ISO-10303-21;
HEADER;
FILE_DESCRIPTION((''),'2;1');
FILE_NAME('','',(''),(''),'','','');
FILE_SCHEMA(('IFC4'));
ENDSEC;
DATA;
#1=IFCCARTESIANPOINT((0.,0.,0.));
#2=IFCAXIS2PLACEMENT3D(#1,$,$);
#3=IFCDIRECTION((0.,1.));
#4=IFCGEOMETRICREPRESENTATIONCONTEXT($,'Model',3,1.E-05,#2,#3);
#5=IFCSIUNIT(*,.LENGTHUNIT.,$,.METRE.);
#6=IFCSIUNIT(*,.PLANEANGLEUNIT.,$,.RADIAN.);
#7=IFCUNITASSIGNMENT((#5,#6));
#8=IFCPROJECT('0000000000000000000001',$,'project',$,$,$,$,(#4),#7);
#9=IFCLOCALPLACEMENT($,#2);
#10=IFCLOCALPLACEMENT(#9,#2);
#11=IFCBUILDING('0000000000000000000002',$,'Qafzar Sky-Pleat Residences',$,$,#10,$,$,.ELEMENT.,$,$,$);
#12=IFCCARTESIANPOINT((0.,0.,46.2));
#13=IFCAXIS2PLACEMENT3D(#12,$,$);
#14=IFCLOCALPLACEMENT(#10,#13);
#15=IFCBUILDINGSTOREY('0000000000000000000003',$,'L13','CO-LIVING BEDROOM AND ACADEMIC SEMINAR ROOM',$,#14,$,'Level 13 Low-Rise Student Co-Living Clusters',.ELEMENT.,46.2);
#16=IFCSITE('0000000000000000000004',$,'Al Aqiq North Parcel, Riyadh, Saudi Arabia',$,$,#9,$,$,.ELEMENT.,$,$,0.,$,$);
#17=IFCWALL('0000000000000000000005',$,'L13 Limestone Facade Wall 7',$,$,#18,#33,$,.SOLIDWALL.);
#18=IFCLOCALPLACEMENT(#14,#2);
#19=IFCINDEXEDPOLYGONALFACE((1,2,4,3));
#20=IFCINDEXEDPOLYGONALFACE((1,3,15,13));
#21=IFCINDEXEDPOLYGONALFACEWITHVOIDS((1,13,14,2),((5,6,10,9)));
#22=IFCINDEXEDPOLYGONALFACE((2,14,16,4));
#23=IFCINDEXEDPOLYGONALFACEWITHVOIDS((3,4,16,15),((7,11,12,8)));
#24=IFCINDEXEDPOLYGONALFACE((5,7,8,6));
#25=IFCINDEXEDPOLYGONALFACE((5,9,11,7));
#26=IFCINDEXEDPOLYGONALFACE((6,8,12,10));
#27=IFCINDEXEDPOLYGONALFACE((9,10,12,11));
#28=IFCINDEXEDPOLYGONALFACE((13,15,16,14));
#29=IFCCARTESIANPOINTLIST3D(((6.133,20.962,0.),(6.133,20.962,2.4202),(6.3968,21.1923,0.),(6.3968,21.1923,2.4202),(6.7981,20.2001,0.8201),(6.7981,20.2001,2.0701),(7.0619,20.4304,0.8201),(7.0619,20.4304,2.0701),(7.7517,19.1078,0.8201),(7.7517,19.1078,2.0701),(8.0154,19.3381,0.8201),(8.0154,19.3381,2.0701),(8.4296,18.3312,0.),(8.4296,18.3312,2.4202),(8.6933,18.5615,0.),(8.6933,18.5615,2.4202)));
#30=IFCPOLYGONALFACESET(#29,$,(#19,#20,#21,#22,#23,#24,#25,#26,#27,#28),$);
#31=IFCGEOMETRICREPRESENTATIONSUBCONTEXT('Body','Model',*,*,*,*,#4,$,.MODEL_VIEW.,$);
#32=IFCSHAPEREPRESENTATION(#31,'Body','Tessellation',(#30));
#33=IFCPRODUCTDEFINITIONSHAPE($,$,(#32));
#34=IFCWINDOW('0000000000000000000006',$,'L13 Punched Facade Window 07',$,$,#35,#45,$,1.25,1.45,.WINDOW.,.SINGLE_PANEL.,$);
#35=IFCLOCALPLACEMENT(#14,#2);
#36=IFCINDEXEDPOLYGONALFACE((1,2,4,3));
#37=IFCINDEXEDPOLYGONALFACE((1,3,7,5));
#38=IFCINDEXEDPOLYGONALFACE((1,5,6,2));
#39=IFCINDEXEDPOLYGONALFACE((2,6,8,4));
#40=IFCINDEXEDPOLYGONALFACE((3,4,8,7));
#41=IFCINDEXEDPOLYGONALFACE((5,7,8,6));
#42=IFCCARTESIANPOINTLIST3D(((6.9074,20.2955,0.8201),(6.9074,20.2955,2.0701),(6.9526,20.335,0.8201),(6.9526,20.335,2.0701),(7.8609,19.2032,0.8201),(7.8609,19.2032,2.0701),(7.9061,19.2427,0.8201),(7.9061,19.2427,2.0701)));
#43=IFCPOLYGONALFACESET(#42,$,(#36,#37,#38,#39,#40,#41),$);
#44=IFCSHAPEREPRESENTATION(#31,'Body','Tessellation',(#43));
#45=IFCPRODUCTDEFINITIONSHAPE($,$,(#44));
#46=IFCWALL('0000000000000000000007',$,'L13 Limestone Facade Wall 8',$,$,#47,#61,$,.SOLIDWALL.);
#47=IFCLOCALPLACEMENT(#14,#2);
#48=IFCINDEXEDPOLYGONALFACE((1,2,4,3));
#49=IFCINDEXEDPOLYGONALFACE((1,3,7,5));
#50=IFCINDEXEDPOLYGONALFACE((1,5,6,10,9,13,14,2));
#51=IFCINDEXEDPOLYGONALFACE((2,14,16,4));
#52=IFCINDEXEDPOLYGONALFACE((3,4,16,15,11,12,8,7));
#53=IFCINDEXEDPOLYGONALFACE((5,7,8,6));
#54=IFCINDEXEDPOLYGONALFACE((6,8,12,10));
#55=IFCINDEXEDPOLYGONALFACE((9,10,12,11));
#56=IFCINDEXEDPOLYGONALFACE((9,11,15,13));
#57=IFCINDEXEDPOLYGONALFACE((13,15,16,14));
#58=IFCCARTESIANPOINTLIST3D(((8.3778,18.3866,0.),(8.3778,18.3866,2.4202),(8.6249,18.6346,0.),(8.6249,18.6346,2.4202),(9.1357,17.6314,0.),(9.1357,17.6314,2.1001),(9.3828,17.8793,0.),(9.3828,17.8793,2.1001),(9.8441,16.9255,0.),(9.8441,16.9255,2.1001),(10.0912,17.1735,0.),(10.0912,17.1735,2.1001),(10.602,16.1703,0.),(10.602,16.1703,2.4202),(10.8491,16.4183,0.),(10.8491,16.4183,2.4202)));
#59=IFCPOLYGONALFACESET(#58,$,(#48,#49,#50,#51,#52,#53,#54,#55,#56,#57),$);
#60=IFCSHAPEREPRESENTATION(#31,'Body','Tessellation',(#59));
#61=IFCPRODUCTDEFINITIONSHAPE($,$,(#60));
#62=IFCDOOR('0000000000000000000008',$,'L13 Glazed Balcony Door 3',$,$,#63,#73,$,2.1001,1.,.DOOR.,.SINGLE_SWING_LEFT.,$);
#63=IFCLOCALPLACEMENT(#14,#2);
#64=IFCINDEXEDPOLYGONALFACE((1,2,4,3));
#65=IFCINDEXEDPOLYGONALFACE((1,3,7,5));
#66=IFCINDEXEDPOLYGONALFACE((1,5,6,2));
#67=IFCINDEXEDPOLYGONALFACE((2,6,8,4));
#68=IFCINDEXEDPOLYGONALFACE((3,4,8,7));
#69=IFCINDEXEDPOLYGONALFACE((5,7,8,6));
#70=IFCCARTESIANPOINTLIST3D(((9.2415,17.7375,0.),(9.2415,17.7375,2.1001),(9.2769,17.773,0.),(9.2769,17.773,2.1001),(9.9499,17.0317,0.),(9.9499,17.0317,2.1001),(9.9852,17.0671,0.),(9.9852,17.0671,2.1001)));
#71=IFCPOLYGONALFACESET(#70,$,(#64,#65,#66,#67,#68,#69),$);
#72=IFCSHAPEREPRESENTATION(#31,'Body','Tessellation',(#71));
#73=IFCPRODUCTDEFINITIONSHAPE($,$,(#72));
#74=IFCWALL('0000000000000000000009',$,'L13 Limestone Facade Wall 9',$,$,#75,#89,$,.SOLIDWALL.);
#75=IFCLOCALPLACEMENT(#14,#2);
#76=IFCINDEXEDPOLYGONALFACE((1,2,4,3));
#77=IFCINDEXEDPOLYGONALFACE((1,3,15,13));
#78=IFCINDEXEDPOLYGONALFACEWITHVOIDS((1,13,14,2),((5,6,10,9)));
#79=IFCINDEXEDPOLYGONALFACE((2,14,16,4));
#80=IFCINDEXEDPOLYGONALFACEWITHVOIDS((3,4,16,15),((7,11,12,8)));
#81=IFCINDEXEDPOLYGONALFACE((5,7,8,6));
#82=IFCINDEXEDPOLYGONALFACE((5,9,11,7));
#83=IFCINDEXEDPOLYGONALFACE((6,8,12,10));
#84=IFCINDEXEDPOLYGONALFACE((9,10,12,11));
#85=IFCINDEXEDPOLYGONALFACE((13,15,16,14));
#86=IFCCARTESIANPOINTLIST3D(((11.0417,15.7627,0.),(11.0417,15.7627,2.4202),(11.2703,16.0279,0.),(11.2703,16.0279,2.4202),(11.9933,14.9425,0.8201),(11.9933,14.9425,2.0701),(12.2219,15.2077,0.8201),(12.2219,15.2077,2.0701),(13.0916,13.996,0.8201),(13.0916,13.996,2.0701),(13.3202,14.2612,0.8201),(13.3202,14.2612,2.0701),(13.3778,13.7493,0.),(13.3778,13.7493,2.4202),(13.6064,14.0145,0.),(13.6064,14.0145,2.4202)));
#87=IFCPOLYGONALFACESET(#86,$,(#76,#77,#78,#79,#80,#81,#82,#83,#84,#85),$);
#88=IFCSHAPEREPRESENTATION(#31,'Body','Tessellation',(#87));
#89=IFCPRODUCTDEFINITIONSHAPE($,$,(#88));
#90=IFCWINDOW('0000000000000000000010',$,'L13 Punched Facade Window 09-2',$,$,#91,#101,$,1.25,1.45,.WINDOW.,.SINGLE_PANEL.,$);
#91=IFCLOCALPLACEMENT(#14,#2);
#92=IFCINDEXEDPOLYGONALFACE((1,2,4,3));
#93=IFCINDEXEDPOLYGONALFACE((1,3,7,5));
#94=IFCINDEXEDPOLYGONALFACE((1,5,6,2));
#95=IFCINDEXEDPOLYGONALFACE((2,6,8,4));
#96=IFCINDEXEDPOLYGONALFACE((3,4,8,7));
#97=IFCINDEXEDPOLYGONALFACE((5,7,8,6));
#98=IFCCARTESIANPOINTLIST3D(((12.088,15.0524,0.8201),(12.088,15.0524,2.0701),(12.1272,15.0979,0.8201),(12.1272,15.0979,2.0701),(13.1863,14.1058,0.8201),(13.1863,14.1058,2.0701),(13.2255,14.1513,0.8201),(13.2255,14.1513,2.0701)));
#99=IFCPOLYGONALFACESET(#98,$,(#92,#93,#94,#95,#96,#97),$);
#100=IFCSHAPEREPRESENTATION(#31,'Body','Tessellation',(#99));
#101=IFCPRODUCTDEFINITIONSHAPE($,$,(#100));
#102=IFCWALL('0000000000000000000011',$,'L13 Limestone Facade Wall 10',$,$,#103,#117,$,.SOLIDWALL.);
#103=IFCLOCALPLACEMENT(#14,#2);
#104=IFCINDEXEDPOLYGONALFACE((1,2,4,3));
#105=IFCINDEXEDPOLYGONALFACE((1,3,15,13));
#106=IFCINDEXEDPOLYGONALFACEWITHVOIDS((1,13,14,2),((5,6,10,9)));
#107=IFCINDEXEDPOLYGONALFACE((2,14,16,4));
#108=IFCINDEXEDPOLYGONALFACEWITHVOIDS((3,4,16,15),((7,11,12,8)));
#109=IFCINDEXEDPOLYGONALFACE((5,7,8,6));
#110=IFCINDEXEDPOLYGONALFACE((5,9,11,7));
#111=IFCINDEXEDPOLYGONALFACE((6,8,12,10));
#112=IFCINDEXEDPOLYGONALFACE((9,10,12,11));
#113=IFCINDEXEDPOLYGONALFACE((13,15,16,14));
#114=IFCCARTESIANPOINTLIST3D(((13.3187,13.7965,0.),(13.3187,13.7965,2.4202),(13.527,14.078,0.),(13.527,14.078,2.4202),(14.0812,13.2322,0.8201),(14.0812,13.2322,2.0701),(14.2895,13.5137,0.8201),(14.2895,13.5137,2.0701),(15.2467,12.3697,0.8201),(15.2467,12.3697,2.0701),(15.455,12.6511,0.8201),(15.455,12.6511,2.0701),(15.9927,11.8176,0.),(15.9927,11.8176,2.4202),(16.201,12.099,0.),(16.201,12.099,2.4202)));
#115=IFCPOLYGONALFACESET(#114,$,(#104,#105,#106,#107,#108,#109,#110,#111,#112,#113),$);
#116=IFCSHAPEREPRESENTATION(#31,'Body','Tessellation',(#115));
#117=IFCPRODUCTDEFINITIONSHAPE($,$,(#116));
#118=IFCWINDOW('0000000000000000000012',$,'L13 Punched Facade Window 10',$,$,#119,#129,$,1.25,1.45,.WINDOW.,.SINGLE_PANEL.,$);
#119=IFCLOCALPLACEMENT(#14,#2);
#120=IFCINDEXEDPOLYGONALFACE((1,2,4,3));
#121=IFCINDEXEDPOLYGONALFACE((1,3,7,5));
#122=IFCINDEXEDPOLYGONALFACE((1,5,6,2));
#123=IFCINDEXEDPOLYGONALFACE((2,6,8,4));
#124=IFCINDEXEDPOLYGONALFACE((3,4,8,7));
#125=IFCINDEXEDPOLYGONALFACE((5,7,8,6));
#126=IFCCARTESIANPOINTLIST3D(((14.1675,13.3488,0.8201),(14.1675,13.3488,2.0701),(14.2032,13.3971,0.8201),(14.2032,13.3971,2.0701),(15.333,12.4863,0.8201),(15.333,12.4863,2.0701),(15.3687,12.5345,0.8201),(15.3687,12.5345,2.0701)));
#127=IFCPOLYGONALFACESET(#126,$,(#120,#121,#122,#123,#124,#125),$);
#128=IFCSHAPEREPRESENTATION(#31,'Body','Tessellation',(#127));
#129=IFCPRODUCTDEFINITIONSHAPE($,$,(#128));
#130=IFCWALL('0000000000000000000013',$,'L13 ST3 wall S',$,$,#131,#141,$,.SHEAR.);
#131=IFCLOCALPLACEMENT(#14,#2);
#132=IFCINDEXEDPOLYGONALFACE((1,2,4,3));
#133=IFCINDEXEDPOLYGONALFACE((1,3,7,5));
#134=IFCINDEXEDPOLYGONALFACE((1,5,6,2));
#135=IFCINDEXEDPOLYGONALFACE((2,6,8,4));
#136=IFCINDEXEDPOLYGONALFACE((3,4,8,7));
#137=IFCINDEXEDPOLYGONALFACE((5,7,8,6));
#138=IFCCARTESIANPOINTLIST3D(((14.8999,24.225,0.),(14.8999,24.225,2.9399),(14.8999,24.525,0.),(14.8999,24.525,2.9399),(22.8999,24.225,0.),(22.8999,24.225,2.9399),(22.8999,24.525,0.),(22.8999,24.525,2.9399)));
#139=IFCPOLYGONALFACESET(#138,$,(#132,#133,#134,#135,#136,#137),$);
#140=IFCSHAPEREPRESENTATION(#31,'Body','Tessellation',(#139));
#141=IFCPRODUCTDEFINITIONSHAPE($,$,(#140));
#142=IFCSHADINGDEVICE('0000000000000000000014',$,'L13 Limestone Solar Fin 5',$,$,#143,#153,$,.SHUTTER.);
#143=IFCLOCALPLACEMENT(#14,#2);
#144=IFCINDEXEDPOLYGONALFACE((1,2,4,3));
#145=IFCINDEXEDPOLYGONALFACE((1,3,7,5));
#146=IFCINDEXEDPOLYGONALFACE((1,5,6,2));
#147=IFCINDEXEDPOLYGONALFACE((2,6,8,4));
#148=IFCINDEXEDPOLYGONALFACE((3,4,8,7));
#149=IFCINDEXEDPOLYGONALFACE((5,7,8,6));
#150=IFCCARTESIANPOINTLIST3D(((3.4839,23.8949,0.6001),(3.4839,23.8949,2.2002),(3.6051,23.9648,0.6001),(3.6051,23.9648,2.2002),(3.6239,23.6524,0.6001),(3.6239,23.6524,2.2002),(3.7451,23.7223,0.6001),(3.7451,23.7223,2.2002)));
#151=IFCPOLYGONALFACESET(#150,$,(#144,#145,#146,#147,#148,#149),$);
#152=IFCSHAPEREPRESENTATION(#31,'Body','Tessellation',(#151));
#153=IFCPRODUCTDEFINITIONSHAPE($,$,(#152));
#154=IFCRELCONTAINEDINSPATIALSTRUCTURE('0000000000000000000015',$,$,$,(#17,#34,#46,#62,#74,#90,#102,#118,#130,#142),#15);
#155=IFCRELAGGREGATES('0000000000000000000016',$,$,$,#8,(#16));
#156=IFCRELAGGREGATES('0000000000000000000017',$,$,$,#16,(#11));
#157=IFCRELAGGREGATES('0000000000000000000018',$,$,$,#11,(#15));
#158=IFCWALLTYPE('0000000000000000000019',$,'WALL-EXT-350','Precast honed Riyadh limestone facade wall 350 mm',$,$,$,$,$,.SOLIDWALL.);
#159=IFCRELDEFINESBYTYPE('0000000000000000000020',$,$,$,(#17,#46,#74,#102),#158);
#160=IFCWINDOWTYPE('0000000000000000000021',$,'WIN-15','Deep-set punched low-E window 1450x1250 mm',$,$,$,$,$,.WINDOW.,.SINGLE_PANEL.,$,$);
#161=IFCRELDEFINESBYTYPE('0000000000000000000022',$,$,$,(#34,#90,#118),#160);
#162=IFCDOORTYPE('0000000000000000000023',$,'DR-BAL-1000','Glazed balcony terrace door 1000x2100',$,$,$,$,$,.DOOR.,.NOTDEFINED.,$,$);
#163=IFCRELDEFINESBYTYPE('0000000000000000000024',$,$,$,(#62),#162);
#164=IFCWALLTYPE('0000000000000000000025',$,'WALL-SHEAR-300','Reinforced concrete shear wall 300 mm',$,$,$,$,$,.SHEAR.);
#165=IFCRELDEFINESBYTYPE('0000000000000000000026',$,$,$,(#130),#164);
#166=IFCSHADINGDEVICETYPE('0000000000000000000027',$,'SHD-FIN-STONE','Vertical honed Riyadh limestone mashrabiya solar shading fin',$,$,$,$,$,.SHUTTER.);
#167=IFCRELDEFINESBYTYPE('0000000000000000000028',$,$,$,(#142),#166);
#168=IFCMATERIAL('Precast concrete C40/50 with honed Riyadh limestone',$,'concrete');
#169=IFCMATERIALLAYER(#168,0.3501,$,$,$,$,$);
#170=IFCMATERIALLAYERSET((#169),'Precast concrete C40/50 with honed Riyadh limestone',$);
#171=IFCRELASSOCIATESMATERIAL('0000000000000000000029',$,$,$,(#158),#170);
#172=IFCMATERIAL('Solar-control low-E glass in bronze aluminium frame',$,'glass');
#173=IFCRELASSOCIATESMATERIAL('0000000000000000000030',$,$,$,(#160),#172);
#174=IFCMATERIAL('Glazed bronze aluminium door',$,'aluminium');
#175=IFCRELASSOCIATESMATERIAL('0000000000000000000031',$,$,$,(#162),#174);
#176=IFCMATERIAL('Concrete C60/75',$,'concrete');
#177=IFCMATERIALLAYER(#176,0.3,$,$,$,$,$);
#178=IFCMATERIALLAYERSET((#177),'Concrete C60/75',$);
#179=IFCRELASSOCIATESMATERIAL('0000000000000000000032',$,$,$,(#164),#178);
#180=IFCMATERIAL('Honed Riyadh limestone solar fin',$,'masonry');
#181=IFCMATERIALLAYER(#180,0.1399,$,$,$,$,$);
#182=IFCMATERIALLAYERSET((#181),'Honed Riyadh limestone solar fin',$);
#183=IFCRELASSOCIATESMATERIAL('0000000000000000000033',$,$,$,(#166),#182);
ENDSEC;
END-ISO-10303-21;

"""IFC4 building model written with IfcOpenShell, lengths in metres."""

from ifc_helpers import new_model, si_unit, direction, frame, frame_2d, origin, origin_2d, place, context, subcontext, project, spatial, rectangle, extrude, source, transform, mapped, material, layer, layer_set, type_object, element, fill, save


model = new_model("IFC4")

# Units and contexts
model_context = context("Model", 3, precision=1e-05, world=origin(), true_north=direction((0.0, 1.0)))
body_context = subcontext(model_context, "Body", "Model", "MODEL_VIEW")
ifc_project = project(units=[si_unit("LENGTHUNIT", "METRE"), si_unit("PLANEANGLEUNIT", "RADIAN")], contexts=[model_context])

# Site, building, storey
site_placement = place(None, origin())
site = spatial("IfcSite", under=ifc_project, at=site_placement, Name="Al Aqiq North Parcel, Riyadh, Saudi Arabia", CompositionType="ELEMENT", RefElevation=0.0)
building_placement = place(site_placement, origin())
building = spatial("IfcBuilding", under=site, at=building_placement, Name="Qafzar Sky-Pleat Residences", CompositionType="ELEMENT")
storey_placement = place(building_placement, frame((0.0, 0.0, 46.2)))
storey = spatial("IfcBuildingStorey", under=building, at=storey_placement, Name="L13", Description="CO-LIVING BEDROOM AND ACADEMIC SEMINAR ROOM", LongName="Level 13 Low-Rise Student Co-Living Clusters", CompositionType="ELEMENT", Elevation=46.2)

# Shared definitions
ifc_material_1 = material(Name="Concrete C60/75", Category="concrete")

# Wall, opening, window
ifc_material_2 = material(Name="Precast concrete C40/50 with honed Riyadh limestone", Category="concrete")
ifc_layer_1 = layer(ifc_material_2, 0.3501)
ifc_layer_set_1 = layer_set([ifc_layer_1], Name="Precast concrete C40/50 with honed Riyadh limestone")
wall_type_1 = type_object("IfcWallType", Name="WALL-EXT-350", Description="Precast honed Riyadh limestone facade wall 350 mm", PredefinedType="SOLIDWALL", material=ifc_layer_set_1)
ifc_material_3 = material(Name="Solar-control low-E glass in bronze aluminium frame", Category="glass")
window_type = type_object("IfcWindowType", Name="WIN-15", Description="Deep-set punched low-E window 1450x1250 mm", PartitioningType="SINGLE_PANEL", PredefinedType="WINDOW", material=ifc_material_3)
shared_shape_1 = source(origin(), body_context, "Body", "SweptSolid", [
    extrude(rectangle(XDim=1.45, YDim=1.25, at=frame_2d((0.7251, 0.625))), frame((0.0, 0.03, 0.0), z_axis=(0.0, -1.0, 0.0), x_axis=(1.0, 0.0, 0.0)), (0.0, 0.0, 1.0), 0.0601),
])
wall_1_placement = place(storey_placement, frame((6.2649, 21.0771, 0.0), z_axis=(0.0, 0.0, 1.0), x_axis=(0.657633, -0.753338, 0.0)))
wall_1 = element("IfcWall", 1, at=wall_1_placement, inside=storey, type_object=wall_type_1, Name="L13 Limestone Facade Wall 7", PredefinedType="SOLIDWALL", context=body_context, shape_type="SweptSolid", body=[
    extrude(rectangle(XDim=3.4922, YDim=0.3501, at=frame_2d((1.7461, 0.0))), origin(), (0.0, 0.0, 1.0), 2.4202),
])
opening_1_placement = place(wall_1_placement, frame((1.0112, 0.0, 0.8201)))
opening_1 = element("IfcOpeningElement", 2, at=opening_1_placement, cuts=wall_1, PredefinedType="OPENING", context=body_context, shape_type="SweptSolid", body=[
    extrude(rectangle(XDim=1.45, YDim=1.25, at=frame_2d((0.7251, 0.625))), frame((0.0, 0.1851, 0.0), z_axis=(0.0, -1.0, 0.0), x_axis=(1.0, 0.0, 0.0)), (0.0, 0.0, 1.0), 0.3701),
])
window_1_placement = place(opening_1_placement, origin())
window_1 = element("IfcWindow", 3, at=window_1_placement, inside=storey, type_object=window_type, Name="L13 Punched Facade Window 07", OverallHeight=1.25, OverallWidth=1.45, PartitioningType="SINGLE_PANEL", PredefinedType="WINDOW", context=body_context, shape_type="MappedRepresentation", body=[
    mapped(shared_shape_1, transform((0.0, 0.0, 0.0), x_axis=(1.0, 0.0, 0.0), y_axis=(0.0, 1.0, 0.0), z_axis=(0.0, 0.0, 1.0), scale=1.0)),
])
fill(opening_1, window_1)

# Wall, opening, door
wall_2_placement = place(storey_placement, frame((8.5015, 18.5105, 0.0), z_axis=(0.0, 0.0, 1.0), x_axis=(0.70835, -0.705862, 0.0)))
wall_2 = element("IfcWall", 4, at=wall_2_placement, inside=storey, type_object=wall_type_1, Name="L13 Limestone Facade Wall 8", PredefinedType="SOLIDWALL", context=body_context, shape_type="SweptSolid", body=[
    extrude(rectangle(XDim=3.1399, YDim=0.3501, at=frame_2d((1.5698, 0.0))), origin(), (0.0, 0.0, 1.0), 2.4202),
])
opening_2_placement = place(wall_2_placement, frame((1.0698, 0.0, 0.0)))
opening_2 = element("IfcOpeningElement", 5, at=opening_2_placement, cuts=wall_2, PredefinedType="OPENING", context=body_context, shape_type="SweptSolid", body=[
    extrude(rectangle(XDim=1.0, YDim=2.1001, at=frame_2d((0.5, 1.05))), frame((0.0, 0.1851, 0.0), z_axis=(0.0, -1.0, 0.0), x_axis=(1.0, 0.0, 0.0)), (0.0, 0.0, 1.0), 0.3701),
])
ifc_material_4 = material(Name="Glazed bronze aluminium door", Category="aluminium")
door_type = type_object("IfcDoorType", Name="DR-BAL-1000", Description="Glazed balcony terrace door 1000x2100", OperationType="NOTDEFINED", PredefinedType="DOOR", material=ifc_material_4)
shared_shape_2 = source(origin(), body_context, "Body", "SweptSolid", [
    extrude(rectangle(XDim=1.0, YDim=2.1001, at=frame_2d((0.5, 1.05))), frame((0.0, 0.0249, 0.0), z_axis=(0.0, -1.0, 0.0), x_axis=(1.0, 0.0, 0.0)), (0.0, 0.0, 1.0), 0.05),
])
door_placement = place(opening_2_placement, origin())
door = element("IfcDoor", 6, at=door_placement, inside=storey, type_object=door_type, Name="L13 Glazed Balcony Door 3", OperationType="SINGLE_SWING_LEFT", OverallHeight=2.1001, OverallWidth=1.0, PredefinedType="DOOR", context=body_context, shape_type="MappedRepresentation", body=[
    mapped(shared_shape_2, transform((0.0, 0.0, 0.0), x_axis=(1.0, 0.0, 0.0), y_axis=(0.0, 1.0, 0.0), z_axis=(0.0, 0.0, 1.0), scale=1.0)),
])
fill(opening_2, door)

# Walls, openings, windows
wall_3_placement = place(storey_placement, frame((11.156, 15.8953, 0.0), z_axis=(0.0, 0.0, 1.0), x_axis=(0.757494, -0.652843, 0.0)))
wall_3 = element("IfcWall", 7, at=wall_3_placement, inside=storey, type_object=wall_type_1, Name="L13 Limestone Facade Wall 9", PredefinedType="SOLIDWALL", context=body_context, shape_type="SweptSolid", body=[
    extrude(rectangle(XDim=3.084, YDim=0.3501, at=frame_2d((1.542, 0.0))), origin(), (0.0, 0.0, 1.0), 2.4202),
])
opening_3_placement = place(wall_3_placement, frame((1.2561, 0.0, 0.8201)))
opening_3 = element("IfcOpeningElement", 8, at=opening_3_placement, cuts=wall_3, PredefinedType="OPENING", context=body_context, shape_type="SweptSolid", body=[
    extrude(rectangle(XDim=1.45, YDim=1.25, at=frame_2d((0.7251, 0.625))), frame((0.0, 0.1851, 0.0), z_axis=(0.0, -1.0, 0.0), x_axis=(1.0, 0.0, 0.0)), (0.0, 0.0, 1.0), 0.3701),
])
window_2_placement = place(opening_3_placement, origin())
window_2 = element("IfcWindow", 9, at=window_2_placement, inside=storey, type_object=window_type, Name="L13 Punched Facade Window 09-2", OverallHeight=1.25, OverallWidth=1.45, PartitioningType="SINGLE_PANEL", PredefinedType="WINDOW", context=body_context, shape_type="MappedRepresentation", body=[
    mapped(shared_shape_1, transform((0.0, 0.0, 0.0), x_axis=(1.0, 0.0, 0.0), y_axis=(0.0, 1.0, 0.0), z_axis=(0.0, 0.0, 1.0), scale=1.0)),
])
fill(opening_3, window_2)
wall_4_placement = place(storey_placement, frame((13.4229, 13.9373, 0.0), z_axis=(0.0, 0.0, 1.0), x_axis=(0.803815, -0.59488, 0.0)))
wall_4 = element("IfcWall", 10, at=wall_4_placement, inside=storey, type_object=wall_type_1, Name="L13 Limestone Facade Wall 10", PredefinedType="SOLIDWALL", context=body_context, shape_type="SweptSolid", body=[
    extrude(rectangle(XDim=3.3267, YDim=0.3501, at=frame_2d((1.6633, 0.0))), origin(), (0.0, 0.0, 1.0), 2.4202),
])
opening_4_placement = place(wall_4_placement, frame((0.9485, 0.0, 0.8201)))
opening_4 = element("IfcOpeningElement", 11, at=opening_4_placement, cuts=wall_4, PredefinedType="OPENING", context=body_context, shape_type="SweptSolid", body=[
    extrude(rectangle(XDim=1.45, YDim=1.25, at=frame_2d((0.7251, 0.625))), frame((0.0, 0.1851, 0.0), z_axis=(0.0, -1.0, 0.0), x_axis=(1.0, 0.0, 0.0)), (0.0, 0.0, 1.0), 0.3701),
])
window_3_placement = place(opening_4_placement, origin())
window_3 = element("IfcWindow", 12, at=window_3_placement, inside=storey, type_object=window_type, Name="L13 Punched Facade Window 10", OverallHeight=1.25, OverallWidth=1.45, PartitioningType="SINGLE_PANEL", PredefinedType="WINDOW", context=body_context, shape_type="MappedRepresentation", body=[
    mapped(shared_shape_1, transform((0.0, 0.0, 0.0), x_axis=(1.0, 0.0, 0.0), y_axis=(0.0, 1.0, 0.0), z_axis=(0.0, 0.0, 1.0), scale=1.0)),
])
fill(opening_4, window_3)

# Wall
ifc_layer_2 = layer(ifc_material_1, 0.3)
ifc_layer_set_2 = layer_set([ifc_layer_2], Name="Concrete C60/75")
wall_type_2 = type_object("IfcWallType", Name="WALL-SHEAR-300", Description="Reinforced concrete shear wall 300 mm", PredefinedType="SHEAR", material=ifc_layer_set_2)
wall_5_placement = place(storey_placement, frame((14.8999, 24.375, 0.0), z_axis=(0.0, 0.0, 1.0), x_axis=(1.0, 0.0, 0.0)))
element("IfcWall", 13, at=wall_5_placement, inside=storey, type_object=wall_type_2, Name="L13 ST3 wall S", PredefinedType="SHEAR", context=body_context, shape_type="SweptSolid", body=[
    extrude(rectangle(XDim=8.0, YDim=0.3, at=frame_2d((4.0, 0.0))), origin(), (0.0, 0.0, 1.0), 2.9399),
])

# Shading device
ifc_material_5 = material(Name="Honed Riyadh limestone solar fin", Category="masonry")
ifc_layer_3 = layer(ifc_material_5, 0.1399)
ifc_layer_set_3 = layer_set([ifc_layer_3], Name="Honed Riyadh limestone solar fin")
shading_device_type = type_object("IfcShadingDeviceType", Name="SHD-FIN-STONE", Description="Vertical honed Riyadh limestone mashrabiya solar shading fin", PredefinedType="SHUTTER", material=ifc_layer_set_3)
shared_shape_3 = source(origin(), body_context, "Body", "SweptSolid", [
    extrude(rectangle(XDim=0.1399, YDim=0.28, at=origin_2d()), origin(), (0.0, 0.0, 1.0), 1.6001),
])
shading_device_placement = place(storey_placement, frame((3.6145, 23.8086, 0.6001), z_axis=(0.0, 0.0, 1.0), x_axis=(-0.866044, -0.499967, 0.0)))
element("IfcShadingDevice", 14, at=shading_device_placement, inside=storey, type_object=shading_device_type, Name="L13 Limestone Solar Fin 5", PredefinedType="SHUTTER", context=body_context, shape_type="MappedRepresentation", body=[
    mapped(shared_shape_3, transform((0.0, 0.0, 0.0), x_axis=(1.0, 0.0, 0.0), y_axis=(0.0, 1.0, 0.0), z_axis=(0.0, 0.0, 1.0), scale=1.0)),
])

save(model, "model.ifc")
